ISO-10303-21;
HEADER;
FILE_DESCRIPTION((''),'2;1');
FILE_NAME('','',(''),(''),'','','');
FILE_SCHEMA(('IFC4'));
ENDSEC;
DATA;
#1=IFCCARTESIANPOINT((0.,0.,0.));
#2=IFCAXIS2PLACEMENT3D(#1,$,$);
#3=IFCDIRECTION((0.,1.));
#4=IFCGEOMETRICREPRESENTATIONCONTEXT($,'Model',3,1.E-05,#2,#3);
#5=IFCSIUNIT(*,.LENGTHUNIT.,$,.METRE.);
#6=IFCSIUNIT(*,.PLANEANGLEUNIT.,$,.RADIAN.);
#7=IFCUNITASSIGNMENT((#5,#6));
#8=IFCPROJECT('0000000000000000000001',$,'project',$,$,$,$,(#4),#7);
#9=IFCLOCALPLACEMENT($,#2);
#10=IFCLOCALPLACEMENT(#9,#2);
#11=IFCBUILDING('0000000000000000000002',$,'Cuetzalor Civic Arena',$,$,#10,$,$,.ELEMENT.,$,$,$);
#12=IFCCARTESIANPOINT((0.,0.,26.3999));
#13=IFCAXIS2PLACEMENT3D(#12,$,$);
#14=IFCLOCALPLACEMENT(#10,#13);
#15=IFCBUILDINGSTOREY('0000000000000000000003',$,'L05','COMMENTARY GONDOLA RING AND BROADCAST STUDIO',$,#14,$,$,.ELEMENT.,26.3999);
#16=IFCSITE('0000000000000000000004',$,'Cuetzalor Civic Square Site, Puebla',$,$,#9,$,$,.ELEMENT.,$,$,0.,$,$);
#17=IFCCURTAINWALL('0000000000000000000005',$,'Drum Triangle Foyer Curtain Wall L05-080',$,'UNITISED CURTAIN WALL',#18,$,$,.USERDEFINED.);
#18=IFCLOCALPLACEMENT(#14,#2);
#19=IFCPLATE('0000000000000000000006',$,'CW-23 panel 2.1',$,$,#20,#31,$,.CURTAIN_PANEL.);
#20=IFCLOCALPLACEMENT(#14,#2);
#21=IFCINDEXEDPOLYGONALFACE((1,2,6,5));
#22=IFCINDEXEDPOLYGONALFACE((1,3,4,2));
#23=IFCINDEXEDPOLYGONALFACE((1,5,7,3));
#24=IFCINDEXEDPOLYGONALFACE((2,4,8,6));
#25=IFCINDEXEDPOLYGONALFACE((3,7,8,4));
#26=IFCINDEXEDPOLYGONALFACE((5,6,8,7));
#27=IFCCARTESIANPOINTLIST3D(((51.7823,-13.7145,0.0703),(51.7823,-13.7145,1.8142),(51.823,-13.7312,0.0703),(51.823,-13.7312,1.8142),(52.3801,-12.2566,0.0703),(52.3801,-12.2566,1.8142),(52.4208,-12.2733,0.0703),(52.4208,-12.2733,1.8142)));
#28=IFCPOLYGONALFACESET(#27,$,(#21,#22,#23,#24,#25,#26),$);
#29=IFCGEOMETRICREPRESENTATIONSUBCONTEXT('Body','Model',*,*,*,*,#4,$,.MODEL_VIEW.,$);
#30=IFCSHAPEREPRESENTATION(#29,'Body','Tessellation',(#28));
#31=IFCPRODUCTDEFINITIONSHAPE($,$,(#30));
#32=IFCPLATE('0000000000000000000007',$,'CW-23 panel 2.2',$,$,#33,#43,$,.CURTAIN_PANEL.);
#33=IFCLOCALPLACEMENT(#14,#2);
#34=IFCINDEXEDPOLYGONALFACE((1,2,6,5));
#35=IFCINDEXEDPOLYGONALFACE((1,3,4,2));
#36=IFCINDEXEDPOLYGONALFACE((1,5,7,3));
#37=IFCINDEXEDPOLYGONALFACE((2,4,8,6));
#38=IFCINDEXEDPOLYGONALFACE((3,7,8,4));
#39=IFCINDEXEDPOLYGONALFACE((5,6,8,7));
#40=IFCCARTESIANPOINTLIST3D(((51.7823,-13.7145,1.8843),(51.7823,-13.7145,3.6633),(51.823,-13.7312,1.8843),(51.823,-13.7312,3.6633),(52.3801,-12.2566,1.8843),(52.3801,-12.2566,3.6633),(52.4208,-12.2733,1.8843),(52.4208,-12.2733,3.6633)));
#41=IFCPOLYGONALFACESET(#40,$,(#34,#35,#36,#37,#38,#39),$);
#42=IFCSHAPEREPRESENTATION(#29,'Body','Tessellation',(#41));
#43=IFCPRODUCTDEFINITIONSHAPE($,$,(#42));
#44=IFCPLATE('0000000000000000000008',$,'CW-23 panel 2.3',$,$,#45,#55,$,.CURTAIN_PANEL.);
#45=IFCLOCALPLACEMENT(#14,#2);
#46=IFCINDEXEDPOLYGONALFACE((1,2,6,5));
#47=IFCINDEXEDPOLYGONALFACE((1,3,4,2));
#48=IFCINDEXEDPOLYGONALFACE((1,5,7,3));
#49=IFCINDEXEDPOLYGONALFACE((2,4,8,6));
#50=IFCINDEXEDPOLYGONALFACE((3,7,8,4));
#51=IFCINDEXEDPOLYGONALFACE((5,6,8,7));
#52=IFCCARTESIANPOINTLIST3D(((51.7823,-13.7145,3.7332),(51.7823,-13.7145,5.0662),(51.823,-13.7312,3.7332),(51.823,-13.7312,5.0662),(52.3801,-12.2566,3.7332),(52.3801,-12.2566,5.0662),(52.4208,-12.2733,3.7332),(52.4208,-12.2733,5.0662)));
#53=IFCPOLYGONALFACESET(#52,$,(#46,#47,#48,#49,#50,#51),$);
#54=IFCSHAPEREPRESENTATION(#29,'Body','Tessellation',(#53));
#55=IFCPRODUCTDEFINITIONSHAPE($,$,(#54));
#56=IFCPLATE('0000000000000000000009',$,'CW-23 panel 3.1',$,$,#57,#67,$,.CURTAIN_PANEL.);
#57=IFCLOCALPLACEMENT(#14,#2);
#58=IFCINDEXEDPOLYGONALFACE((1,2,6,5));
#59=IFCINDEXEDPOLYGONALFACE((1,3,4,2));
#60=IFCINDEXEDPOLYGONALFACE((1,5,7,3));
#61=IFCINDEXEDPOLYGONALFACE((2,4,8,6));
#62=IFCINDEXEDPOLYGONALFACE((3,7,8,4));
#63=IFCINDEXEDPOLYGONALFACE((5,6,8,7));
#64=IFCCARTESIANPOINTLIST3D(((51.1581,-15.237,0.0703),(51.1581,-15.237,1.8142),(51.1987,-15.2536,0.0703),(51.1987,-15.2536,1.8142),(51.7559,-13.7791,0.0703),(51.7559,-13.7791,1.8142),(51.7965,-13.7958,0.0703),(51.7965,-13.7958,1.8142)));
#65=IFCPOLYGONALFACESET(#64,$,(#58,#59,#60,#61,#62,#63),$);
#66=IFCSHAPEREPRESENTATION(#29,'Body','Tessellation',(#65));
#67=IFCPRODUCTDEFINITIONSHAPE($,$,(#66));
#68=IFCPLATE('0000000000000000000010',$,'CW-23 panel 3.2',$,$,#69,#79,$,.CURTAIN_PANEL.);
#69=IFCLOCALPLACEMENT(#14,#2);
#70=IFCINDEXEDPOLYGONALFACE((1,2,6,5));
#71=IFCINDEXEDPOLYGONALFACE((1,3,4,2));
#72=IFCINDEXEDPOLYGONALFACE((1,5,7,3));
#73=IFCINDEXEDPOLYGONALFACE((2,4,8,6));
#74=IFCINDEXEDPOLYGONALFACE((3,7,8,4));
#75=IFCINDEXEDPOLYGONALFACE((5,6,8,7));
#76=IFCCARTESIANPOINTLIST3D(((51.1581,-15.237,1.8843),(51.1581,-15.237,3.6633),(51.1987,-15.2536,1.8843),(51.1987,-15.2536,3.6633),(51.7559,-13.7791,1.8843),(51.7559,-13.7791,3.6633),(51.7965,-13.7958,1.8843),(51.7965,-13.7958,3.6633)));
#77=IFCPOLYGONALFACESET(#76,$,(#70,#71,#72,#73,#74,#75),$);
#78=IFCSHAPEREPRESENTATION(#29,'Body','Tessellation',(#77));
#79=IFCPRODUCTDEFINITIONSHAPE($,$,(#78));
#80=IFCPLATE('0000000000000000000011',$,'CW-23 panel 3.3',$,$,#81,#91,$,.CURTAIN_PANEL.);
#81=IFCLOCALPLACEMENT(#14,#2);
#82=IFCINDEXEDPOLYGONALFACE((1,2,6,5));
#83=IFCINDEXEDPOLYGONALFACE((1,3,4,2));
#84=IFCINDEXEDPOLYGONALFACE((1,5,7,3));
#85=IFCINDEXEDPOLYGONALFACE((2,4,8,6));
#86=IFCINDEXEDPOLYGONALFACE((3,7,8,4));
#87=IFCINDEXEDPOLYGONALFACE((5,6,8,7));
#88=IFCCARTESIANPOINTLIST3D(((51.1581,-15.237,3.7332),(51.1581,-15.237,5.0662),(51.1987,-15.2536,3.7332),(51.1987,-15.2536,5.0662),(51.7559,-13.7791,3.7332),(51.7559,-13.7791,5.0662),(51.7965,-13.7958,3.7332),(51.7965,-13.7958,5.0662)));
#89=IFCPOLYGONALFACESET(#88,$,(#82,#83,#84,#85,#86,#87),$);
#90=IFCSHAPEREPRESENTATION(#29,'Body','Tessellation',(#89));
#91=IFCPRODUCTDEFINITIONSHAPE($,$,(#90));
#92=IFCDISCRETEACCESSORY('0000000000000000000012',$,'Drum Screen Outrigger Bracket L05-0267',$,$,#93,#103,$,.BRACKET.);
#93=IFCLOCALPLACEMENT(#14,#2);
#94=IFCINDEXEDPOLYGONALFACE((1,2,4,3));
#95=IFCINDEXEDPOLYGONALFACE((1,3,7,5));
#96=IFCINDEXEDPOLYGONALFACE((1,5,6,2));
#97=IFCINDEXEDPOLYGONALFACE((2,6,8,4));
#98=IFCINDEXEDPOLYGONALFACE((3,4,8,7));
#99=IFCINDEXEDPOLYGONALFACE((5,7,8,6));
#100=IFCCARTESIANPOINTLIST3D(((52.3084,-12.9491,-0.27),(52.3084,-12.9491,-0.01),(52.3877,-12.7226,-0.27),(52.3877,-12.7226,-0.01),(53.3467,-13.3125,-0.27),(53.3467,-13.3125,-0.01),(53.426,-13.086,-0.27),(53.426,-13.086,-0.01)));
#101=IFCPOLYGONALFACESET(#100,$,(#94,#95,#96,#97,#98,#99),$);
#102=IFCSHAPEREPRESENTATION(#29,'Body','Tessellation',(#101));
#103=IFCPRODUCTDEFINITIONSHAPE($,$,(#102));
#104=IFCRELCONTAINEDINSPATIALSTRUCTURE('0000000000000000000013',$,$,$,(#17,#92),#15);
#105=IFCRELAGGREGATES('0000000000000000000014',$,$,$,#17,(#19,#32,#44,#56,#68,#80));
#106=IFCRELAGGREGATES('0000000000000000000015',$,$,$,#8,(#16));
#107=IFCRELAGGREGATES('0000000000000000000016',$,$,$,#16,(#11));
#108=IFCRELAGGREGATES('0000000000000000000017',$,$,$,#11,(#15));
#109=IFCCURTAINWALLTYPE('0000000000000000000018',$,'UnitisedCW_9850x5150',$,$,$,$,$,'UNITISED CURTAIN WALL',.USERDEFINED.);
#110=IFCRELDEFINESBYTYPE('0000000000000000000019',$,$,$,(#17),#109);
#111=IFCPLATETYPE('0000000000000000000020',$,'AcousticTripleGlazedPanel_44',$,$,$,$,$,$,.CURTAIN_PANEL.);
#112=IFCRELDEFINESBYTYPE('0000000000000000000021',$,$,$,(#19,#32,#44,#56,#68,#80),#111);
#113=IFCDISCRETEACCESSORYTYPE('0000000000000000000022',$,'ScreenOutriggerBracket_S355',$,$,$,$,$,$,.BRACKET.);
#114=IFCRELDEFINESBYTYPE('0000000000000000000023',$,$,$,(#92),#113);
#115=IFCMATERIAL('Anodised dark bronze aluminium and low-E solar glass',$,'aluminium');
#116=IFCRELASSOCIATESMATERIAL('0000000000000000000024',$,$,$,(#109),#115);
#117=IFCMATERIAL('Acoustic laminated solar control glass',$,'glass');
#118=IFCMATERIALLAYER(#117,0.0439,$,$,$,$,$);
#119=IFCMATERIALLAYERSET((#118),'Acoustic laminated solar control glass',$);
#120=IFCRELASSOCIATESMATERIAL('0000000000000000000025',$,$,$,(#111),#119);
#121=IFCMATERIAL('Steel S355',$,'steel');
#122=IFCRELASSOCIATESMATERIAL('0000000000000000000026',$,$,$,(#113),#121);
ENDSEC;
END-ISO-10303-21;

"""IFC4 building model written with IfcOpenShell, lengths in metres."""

from ifc_helpers import new_model, si_unit, direction, frame, origin, origin_2d, place, context, subcontext, project, spatial, rectangle, extrude, material, layer, layer_set, type_object, element, aggregate, save


model = new_model("IFC4")

# Units and contexts
model_context = context("Model", 3, precision=1e-05, world=origin(), true_north=direction((0.0, 1.0)))
body_context = subcontext(model_context, "Body", "Model", "MODEL_VIEW")
ifc_project = project(units=[si_unit("LENGTHUNIT", "METRE"), si_unit("PLANEANGLEUNIT", "RADIAN")], contexts=[model_context])

# Site, building, storey
site_placement = place(None, origin())
site = spatial("IfcSite", under=ifc_project, at=site_placement, Name="Cuetzalor Civic Square Site, Puebla", CompositionType="ELEMENT", RefElevation=0.0)
building_placement = place(site_placement, origin())
building = spatial("IfcBuilding", under=site, at=building_placement, Name="Cuetzalor Civic Arena", CompositionType="ELEMENT")
storey_placement = place(building_placement, frame((0.0, 0.0, 26.3999)))
storey = spatial("IfcBuildingStorey", under=building, at=storey_placement, Name="L05", Description="COMMENTARY GONDOLA RING AND BROADCAST STUDIO", CompositionType="ELEMENT", Elevation=26.3999)

# Curtain wall, plates
ifc_material_1 = material(Name="Anodised dark bronze aluminium and low-E solar glass", Category="aluminium")
curtain_wall_type = type_object("IfcCurtainWallType", Name="UnitisedCW_9850x5150", ElementType="UNITISED CURTAIN WALL", PredefinedType="USERDEFINED", material=ifc_material_1)
curtain_wall_placement = place(storey_placement, origin())
curtain_wall = element("IfcCurtainWall", 1, at=curtain_wall_placement, inside=storey, type_object=curtain_wall_type, Name="Drum Triangle Foyer Curtain Wall L05-080", ObjectType="UNITISED CURTAIN WALL", PredefinedType="USERDEFINED")
ifc_material_2 = material(Name="Acoustic laminated solar control glass", Category="glass")
ifc_layer = layer(ifc_material_2, 0.0439)
ifc_layer_set = layer_set([ifc_layer], Name="Acoustic laminated solar control glass")
plate_type = type_object("IfcPlateType", Name="AcousticTripleGlazedPanel_44", PredefinedType="CURTAIN_PANEL", material=ifc_layer_set)
plate_1_placement = place(storey_placement, frame((52.1016, -12.9939, 0.0703), z_axis=(0.0, 0.0, 1.0), x_axis=(-0.379391, -0.925236, 0.0)))
plate_1 = element("IfcPlate", 2, at=plate_1_placement, type_object=plate_type, Name="CW-23 panel 2.1", PredefinedType="CURTAIN_PANEL", context=body_context, shape_type="SweptSolid", body=[
    extrude(rectangle(XDim=1.5757, YDim=0.0439, at=origin_2d()), origin(), (0.0, 0.0, 1.0), 1.7439),
])
plate_2_placement = place(storey_placement, frame((52.1016, -12.9939, 1.8843), z_axis=(0.0, 0.0, 1.0), x_axis=(-0.379391, -0.925236, 0.0)))
plate_2 = element("IfcPlate", 3, at=plate_2_placement, type_object=plate_type, Name="CW-23 panel 2.2", PredefinedType="CURTAIN_PANEL", context=body_context, shape_type="SweptSolid", body=[
    extrude(rectangle(XDim=1.5757, YDim=0.0439, at=origin_2d()), origin(), (0.0, 0.0, 1.0), 1.7791),
])
plate_3_placement = place(storey_placement, frame((52.1016, -12.9939, 3.7332), z_axis=(0.0, 0.0, 1.0), x_axis=(-0.379391, -0.925236, 0.0)))
plate_3 = element("IfcPlate", 4, at=plate_3_placement, type_object=plate_type, Name="CW-23 panel 2.3", PredefinedType="CURTAIN_PANEL", context=body_context, shape_type="SweptSolid", body=[
    extrude(rectangle(XDim=1.5757, YDim=0.0439, at=origin_2d()), origin(), (0.0, 0.0, 1.0), 1.333),
])
plate_4_placement = place(storey_placement, frame((51.4773, -14.5164, 0.0703), z_axis=(0.0, 0.0, 1.0), x_axis=(-0.379391, -0.925236, 0.0)))
plate_4 = element("IfcPlate", 5, at=plate_4_placement, type_object=plate_type, Name="CW-23 panel 3.1", PredefinedType="CURTAIN_PANEL", context=body_context, shape_type="SweptSolid", body=[
    extrude(rectangle(XDim=1.5757, YDim=0.0439, at=origin_2d()), origin(), (0.0, 0.0, 1.0), 1.7439),
])
plate_5_placement = place(storey_placement, frame((51.4773, -14.5164, 1.8843), z_axis=(0.0, 0.0, 1.0), x_axis=(-0.379391, -0.925236, 0.0)))
plate_5 = element("IfcPlate", 6, at=plate_5_placement, type_object=plate_type, Name="CW-23 panel 3.2", PredefinedType="CURTAIN_PANEL", context=body_context, shape_type="SweptSolid", body=[
    extrude(rectangle(XDim=1.5757, YDim=0.0439, at=origin_2d()), origin(), (0.0, 0.0, 1.0), 1.7791),
])
plate_6_placement = place(storey_placement, frame((51.4773, -14.5164, 3.7332), z_axis=(0.0, 0.0, 1.0), x_axis=(-0.379391, -0.925236, 0.0)))
plate_6 = element("IfcPlate", 7, at=plate_6_placement, type_object=plate_type, Name="CW-23 panel 3.3", PredefinedType="CURTAIN_PANEL", context=body_context, shape_type="SweptSolid", body=[
    extrude(rectangle(XDim=1.5757, YDim=0.0439, at=origin_2d()), origin(), (0.0, 0.0, 1.0), 1.333),
])
aggregate(curtain_wall, [plate_1, plate_2, plate_3, plate_4, plate_5, plate_6])

# Discrete accessory
ifc_material_3 = material(Name="Steel S355", Category="steel")
discrete_accessory_type = type_object("IfcDiscreteAccessoryType", Name="ScreenOutriggerBracket_S355", PredefinedType="BRACKET", material=ifc_material_3)
discrete_accessory_placement = place(storey_placement, frame((52.8672, -13.0176, -0.27), z_axis=(0.0, 0.0, 1.0), x_axis=(0.943859, -0.33035, 0.0)))
element("IfcDiscreteAccessory", 8, at=discrete_accessory_placement, inside=storey, type_object=discrete_accessory_type, Name="Drum Screen Outrigger Bracket L05-0267", PredefinedType="BRACKET", context=body_context, shape_type="SweptSolid", body=[
    extrude(rectangle(XDim=1.1001, YDim=0.24, at=origin_2d()), origin(), (0.0, 0.0, 1.0), 0.26),
])

save(model, "model.ifc")
